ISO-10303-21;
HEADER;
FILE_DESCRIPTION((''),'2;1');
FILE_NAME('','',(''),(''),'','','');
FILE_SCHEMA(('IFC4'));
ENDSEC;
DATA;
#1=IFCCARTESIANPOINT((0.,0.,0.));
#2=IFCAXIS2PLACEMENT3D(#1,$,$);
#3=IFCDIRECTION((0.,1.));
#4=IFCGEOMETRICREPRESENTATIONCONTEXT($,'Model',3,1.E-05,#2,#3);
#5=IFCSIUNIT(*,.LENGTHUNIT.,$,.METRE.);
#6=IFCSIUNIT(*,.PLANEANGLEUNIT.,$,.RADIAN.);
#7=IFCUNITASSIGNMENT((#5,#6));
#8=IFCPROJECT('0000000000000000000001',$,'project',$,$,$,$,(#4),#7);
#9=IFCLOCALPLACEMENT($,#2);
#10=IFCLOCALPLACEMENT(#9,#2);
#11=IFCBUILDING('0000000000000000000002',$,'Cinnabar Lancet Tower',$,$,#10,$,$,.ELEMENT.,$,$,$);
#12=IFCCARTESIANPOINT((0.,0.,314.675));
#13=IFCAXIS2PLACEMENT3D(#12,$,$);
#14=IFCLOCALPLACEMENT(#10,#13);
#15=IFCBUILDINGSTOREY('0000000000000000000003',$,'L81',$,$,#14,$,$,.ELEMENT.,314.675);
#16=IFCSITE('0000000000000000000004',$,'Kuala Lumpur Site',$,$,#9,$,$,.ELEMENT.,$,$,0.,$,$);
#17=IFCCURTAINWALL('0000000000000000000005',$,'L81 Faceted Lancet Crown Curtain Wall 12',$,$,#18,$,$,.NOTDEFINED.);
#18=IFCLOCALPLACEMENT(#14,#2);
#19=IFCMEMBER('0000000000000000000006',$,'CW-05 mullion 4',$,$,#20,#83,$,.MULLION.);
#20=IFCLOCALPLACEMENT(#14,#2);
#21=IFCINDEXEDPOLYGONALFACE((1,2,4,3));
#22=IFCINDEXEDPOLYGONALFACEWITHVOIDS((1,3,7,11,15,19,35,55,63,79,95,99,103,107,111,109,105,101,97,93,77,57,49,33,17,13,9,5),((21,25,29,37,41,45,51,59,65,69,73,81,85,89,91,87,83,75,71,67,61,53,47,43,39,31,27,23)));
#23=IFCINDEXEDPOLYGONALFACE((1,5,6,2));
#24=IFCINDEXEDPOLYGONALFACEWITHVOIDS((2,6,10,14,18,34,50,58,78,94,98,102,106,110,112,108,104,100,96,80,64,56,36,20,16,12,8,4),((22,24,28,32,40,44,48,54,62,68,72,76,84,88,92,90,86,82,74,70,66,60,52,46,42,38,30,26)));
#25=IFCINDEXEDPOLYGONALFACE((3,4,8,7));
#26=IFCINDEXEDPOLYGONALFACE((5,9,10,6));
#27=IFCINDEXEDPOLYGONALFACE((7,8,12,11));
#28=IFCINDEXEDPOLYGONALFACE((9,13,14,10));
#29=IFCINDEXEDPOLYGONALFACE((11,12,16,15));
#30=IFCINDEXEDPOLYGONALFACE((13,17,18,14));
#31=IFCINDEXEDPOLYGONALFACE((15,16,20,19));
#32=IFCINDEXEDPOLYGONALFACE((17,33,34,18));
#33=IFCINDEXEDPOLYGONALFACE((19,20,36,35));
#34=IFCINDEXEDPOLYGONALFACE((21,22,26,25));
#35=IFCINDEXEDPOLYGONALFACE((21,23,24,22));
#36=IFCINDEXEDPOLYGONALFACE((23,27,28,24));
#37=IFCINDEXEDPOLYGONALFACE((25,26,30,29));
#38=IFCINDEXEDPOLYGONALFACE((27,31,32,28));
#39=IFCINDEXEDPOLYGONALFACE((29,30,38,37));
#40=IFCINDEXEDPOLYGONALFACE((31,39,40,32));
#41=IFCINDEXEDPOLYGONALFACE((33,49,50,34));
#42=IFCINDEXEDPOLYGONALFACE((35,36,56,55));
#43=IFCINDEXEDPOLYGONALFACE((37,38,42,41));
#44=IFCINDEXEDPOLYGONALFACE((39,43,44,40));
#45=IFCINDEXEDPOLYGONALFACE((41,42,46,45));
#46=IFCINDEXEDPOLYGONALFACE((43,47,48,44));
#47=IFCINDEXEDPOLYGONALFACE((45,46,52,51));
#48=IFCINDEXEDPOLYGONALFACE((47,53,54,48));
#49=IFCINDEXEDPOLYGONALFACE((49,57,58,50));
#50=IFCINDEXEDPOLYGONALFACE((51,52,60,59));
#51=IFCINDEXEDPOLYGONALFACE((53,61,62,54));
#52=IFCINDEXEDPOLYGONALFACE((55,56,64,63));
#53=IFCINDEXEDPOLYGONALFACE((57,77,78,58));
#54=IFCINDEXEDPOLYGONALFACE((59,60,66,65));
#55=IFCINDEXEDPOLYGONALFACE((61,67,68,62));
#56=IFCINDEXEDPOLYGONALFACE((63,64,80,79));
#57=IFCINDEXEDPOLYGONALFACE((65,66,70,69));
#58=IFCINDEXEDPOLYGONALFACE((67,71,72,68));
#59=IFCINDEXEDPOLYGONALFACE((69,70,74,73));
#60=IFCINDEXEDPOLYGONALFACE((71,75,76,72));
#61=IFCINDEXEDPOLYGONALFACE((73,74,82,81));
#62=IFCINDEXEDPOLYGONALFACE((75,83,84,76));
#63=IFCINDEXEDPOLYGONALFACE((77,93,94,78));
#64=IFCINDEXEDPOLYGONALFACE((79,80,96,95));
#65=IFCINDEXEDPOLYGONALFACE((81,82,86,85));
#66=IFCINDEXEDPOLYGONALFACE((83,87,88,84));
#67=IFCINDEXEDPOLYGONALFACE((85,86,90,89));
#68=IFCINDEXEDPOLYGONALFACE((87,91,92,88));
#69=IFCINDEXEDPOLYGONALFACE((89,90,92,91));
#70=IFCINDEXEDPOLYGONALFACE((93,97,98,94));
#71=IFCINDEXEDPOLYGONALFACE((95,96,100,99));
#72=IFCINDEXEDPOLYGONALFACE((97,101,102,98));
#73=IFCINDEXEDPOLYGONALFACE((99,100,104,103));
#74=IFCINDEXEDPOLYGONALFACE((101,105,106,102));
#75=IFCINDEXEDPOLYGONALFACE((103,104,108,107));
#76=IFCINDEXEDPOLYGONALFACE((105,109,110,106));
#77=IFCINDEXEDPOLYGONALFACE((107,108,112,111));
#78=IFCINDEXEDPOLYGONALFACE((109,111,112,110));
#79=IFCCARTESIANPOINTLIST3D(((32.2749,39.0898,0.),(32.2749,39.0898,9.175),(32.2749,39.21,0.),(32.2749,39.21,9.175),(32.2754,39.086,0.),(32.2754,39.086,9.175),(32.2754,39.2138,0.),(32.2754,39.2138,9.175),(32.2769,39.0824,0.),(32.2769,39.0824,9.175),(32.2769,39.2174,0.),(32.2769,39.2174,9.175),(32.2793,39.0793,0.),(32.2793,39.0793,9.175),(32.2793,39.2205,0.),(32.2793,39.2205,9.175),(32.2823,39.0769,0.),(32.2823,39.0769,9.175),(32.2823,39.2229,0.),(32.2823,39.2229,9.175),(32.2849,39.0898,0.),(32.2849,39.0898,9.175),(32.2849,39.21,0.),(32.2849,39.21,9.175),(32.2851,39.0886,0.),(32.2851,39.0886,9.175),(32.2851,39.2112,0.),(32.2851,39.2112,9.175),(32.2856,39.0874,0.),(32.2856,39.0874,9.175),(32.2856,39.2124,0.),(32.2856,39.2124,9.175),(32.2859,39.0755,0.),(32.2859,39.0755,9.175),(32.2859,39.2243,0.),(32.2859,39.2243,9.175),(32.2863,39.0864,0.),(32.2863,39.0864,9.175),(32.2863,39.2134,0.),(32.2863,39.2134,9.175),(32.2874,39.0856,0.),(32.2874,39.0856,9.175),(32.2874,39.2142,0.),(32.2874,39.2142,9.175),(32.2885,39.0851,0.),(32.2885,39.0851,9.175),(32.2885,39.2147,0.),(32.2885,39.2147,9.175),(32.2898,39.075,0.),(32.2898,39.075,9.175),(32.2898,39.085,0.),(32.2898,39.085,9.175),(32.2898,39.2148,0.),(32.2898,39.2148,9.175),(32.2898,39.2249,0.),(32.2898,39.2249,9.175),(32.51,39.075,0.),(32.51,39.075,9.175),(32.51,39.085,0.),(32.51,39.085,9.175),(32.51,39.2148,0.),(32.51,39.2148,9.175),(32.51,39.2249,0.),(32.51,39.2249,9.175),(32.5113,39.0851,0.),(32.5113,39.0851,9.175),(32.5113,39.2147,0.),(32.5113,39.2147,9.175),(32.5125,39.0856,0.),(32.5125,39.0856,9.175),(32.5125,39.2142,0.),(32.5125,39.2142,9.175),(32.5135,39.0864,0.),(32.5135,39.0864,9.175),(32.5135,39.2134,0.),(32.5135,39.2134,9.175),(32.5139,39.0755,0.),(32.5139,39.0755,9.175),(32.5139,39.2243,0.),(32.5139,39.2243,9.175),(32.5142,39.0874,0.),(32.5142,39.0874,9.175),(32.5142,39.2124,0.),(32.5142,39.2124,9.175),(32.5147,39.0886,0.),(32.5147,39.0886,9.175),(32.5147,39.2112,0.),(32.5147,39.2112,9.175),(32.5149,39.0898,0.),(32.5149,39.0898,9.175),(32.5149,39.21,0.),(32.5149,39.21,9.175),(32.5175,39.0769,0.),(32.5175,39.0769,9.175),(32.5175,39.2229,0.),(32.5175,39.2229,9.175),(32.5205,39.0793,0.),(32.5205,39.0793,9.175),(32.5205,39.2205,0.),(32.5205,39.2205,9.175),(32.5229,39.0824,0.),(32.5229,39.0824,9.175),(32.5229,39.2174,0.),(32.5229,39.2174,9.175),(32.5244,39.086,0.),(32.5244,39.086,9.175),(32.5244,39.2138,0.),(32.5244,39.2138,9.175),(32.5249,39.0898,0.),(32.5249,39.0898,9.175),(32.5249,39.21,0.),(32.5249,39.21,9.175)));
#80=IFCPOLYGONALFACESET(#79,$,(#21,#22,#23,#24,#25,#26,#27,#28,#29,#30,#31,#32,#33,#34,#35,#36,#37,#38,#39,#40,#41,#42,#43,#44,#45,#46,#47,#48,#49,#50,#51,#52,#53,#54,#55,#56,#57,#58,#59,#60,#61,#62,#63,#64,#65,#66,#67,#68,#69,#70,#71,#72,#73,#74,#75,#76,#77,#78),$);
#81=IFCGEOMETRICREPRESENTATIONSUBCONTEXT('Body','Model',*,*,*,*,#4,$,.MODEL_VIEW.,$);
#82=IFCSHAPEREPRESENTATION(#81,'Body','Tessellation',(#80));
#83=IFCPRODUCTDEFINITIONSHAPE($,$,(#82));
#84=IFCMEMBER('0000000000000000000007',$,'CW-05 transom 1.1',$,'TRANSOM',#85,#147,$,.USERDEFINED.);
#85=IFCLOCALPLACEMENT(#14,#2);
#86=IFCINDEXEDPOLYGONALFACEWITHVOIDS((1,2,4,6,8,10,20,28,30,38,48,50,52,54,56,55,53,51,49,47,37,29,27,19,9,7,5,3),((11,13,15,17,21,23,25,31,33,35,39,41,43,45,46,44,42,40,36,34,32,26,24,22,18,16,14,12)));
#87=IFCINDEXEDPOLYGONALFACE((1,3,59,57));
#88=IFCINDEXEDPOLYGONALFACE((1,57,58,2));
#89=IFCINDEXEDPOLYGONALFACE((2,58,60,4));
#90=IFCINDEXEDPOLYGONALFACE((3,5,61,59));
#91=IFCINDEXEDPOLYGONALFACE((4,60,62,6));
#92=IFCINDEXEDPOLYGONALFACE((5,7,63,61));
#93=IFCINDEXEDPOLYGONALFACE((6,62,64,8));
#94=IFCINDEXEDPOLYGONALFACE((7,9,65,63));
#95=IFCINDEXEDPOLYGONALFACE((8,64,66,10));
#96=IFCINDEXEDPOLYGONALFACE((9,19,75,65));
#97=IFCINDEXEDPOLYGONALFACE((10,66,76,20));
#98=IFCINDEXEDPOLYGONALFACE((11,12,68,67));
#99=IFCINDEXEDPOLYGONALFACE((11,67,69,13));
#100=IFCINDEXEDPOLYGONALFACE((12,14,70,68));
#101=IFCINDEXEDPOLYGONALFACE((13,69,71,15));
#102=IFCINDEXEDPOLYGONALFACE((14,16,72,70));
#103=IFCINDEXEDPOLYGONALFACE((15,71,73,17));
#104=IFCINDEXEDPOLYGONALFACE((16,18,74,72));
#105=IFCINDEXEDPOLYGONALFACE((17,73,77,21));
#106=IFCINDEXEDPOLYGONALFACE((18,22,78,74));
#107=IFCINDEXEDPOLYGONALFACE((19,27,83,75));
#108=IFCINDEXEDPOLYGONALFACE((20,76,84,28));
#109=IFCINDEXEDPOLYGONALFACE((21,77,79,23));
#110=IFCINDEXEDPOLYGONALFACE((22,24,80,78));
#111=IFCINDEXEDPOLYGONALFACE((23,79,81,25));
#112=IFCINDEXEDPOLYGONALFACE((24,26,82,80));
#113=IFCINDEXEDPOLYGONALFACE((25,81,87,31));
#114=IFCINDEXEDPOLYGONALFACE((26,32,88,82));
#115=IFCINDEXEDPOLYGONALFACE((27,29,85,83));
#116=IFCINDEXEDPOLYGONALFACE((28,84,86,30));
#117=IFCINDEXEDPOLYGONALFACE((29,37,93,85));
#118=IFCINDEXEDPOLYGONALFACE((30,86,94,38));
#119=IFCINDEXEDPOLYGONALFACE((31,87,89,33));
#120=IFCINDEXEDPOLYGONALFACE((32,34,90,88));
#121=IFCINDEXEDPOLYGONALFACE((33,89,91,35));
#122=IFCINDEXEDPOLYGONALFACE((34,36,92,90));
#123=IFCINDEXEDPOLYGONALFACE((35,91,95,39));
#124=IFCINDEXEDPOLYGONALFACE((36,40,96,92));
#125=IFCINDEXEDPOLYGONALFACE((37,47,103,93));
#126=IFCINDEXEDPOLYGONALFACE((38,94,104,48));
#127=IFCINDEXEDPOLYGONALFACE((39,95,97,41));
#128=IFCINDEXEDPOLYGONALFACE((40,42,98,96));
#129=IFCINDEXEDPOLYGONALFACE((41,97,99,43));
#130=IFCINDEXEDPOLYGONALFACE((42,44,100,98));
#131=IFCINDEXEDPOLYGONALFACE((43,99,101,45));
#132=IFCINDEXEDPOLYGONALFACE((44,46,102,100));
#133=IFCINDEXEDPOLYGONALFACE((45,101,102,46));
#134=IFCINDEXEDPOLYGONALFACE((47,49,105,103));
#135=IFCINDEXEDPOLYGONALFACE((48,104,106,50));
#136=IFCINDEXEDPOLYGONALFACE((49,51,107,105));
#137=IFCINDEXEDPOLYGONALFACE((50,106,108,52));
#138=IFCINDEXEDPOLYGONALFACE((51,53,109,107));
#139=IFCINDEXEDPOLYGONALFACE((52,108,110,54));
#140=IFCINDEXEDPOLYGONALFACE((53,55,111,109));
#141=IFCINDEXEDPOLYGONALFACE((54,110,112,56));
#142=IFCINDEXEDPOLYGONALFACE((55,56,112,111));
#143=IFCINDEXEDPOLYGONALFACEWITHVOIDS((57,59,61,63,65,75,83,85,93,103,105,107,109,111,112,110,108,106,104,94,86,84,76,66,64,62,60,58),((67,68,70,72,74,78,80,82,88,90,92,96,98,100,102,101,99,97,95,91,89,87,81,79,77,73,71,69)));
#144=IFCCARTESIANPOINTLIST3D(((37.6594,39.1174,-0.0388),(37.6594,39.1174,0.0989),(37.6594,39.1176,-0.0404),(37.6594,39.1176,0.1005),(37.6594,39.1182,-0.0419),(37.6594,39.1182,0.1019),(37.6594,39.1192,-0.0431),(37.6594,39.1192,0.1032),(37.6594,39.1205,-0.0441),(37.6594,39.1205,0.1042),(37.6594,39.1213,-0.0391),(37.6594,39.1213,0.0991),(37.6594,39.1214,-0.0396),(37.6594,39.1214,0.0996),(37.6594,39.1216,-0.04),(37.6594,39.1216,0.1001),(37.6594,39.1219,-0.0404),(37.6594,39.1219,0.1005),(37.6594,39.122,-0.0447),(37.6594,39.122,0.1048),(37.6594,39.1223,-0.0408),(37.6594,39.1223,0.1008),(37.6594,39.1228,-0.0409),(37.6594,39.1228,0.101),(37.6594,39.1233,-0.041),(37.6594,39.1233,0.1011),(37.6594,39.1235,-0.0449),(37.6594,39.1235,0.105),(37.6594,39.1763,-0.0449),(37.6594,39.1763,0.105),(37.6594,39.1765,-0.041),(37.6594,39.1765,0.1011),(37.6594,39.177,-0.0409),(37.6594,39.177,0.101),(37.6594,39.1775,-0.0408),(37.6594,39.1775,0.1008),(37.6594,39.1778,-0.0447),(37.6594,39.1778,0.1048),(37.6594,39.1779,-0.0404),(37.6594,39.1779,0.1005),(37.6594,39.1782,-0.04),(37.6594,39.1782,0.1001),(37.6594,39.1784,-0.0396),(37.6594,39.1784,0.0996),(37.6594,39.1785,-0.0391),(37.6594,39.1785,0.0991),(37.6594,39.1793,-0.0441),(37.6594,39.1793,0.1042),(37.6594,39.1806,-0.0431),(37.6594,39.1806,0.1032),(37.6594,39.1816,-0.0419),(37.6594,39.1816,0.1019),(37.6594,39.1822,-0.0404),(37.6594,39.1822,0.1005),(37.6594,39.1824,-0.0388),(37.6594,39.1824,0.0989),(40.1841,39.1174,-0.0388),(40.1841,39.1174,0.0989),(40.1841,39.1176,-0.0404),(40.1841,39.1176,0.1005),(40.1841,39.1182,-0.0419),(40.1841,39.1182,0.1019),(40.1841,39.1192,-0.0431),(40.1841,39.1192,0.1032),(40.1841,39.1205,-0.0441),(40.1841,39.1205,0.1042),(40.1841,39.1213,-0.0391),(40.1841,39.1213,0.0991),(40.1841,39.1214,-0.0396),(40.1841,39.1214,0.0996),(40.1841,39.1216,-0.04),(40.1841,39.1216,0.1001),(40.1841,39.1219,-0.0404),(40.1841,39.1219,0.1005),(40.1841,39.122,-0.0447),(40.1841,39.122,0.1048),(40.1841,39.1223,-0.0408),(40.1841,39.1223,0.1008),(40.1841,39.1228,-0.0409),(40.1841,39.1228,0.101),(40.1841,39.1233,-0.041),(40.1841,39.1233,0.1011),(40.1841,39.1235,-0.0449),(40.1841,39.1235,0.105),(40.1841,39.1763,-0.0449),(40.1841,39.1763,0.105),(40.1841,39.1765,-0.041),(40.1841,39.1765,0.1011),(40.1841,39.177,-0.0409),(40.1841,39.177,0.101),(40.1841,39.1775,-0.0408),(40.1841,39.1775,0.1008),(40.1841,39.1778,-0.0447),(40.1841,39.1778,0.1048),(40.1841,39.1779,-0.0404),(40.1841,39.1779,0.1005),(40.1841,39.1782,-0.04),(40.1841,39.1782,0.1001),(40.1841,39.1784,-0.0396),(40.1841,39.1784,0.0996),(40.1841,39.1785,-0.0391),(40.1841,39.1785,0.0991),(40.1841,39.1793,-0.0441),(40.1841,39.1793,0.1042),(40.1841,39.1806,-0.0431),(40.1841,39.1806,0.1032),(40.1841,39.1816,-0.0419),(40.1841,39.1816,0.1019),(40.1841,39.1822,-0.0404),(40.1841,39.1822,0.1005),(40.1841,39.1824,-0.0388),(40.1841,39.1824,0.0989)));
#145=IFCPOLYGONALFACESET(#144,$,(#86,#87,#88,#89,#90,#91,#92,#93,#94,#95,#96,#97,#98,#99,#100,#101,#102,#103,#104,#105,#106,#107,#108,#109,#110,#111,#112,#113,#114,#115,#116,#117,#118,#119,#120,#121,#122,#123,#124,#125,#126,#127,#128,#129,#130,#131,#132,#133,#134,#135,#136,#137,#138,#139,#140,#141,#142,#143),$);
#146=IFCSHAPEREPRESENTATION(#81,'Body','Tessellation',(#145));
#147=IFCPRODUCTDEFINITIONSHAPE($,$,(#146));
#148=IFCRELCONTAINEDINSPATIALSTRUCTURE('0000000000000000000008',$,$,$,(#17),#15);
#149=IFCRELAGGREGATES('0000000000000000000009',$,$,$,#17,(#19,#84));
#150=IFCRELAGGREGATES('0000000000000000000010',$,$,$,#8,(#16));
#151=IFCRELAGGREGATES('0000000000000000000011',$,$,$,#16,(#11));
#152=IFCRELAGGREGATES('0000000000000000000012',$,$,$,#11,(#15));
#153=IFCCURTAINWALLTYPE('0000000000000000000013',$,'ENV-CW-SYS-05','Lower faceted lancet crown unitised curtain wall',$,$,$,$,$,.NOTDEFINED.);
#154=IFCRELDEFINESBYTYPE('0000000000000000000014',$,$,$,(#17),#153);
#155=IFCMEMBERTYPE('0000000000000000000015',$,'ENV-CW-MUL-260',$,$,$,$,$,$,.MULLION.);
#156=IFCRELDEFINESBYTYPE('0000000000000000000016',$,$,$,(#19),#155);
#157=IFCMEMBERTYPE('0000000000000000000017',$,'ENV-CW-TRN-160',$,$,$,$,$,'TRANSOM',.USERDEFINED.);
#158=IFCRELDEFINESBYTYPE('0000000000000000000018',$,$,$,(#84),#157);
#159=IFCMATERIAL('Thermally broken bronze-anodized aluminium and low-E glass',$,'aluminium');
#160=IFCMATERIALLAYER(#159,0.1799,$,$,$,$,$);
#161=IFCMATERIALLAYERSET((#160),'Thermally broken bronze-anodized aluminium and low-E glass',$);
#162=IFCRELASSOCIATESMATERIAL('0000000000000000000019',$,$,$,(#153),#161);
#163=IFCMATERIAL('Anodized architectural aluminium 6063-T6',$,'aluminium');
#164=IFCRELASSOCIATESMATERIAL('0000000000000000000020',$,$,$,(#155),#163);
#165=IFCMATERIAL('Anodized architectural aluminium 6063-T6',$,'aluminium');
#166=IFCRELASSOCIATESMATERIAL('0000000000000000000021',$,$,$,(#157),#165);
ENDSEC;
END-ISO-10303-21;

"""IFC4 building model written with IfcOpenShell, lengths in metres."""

from ifc_helpers import new_model, si_unit, direction, frame, origin, origin_2d, place, context, subcontext, project, spatial, hollow_rectangle, extrude, material, layer, layer_set, material_profile, profile_set, type_object, element, aggregate, save


model = new_model("IFC4")

# Units and contexts
model_context = context("Model", 3, precision=1e-05, world=origin(), true_north=direction((0.0, 1.0)))
body_context = subcontext(model_context, "Body", "Model", "MODEL_VIEW")
ifc_project = project(units=[si_unit("LENGTHUNIT", "METRE"), si_unit("PLANEANGLEUNIT", "RADIAN")], contexts=[model_context])

# Site, building, storey
site_placement = place(None, origin())
site = spatial("IfcSite", under=ifc_project, at=site_placement, Name="Kuala Lumpur Site", CompositionType="ELEMENT", RefElevation=0.0)
building_placement = place(site_placement, origin())
building = spatial("IfcBuilding", under=site, at=building_placement, Name="Cinnabar Lancet Tower", CompositionType="ELEMENT")
storey_placement = place(building_placement, frame((0.0, 0.0, 314.675)))
storey = spatial("IfcBuildingStorey", under=building, at=storey_placement, Name="L81", CompositionType="ELEMENT", Elevation=314.675)

# Shared definitions
ifc_material_1 = material(Name="Thermally broken bronze-anodized aluminium and low-E glass", Category="aluminium")
ifc_layer_1 = layer(ifc_material_1, 0.1799)
ifc_layer_set_1 = layer_set([ifc_layer_1], Name="Thermally broken bronze-anodized aluminium and low-E glass")
curtain_wall_type = type_object("IfcCurtainWallType", Name="ENV-CW-SYS-05", Description="Lower faceted lancet crown unitised curtain wall", PredefinedType="NOTDEFINED", material=ifc_layer_set_1)
ifc_material_2 = material(Name="Anodized architectural aluminium 6063-T6", Category="aluminium")
ifc_material_profile_1 = material_profile(ifc_material_2, hollow_rectangle(XDim=0.1499, YDim=0.25, WallThickness=0.01, InnerFilletRadius=0.0049, OuterFilletRadius=0.0149, at=origin_2d()), Name="RHS 250x150x10")
ifc_profile_set_1 = profile_set([ifc_material_profile_1], Name="Anodized architectural aluminium 6063-T6")
member_type_1 = type_object("IfcMemberType", Name="ENV-CW-MUL-260", PredefinedType="MULLION", material=ifc_profile_set_1)

# Curtain wall, members
curtain_wall_1_placement = place(storey_placement, origin())
curtain_wall_1 = element("IfcCurtainWall", 1, at=curtain_wall_1_placement, inside=storey, type_object=curtain_wall_type, Name="L81 Faceted Lancet Crown Curtain Wall 12", PredefinedType="NOTDEFINED")
member_1_placement = place(storey_placement, frame((32.3999, 39.1499, 0.0), z_axis=(0.0, 0.0, 1.0), x_axis=(0.0, -1.0, 0.0)))
member_1 = element("IfcMember", 2, at=member_1_placement, type_object=member_type_1, Name="CW-05 mullion 4", PredefinedType="MULLION", context=body_context, shape_type="SweptSolid", body=[
    extrude(hollow_rectangle(XDim=0.1499, YDim=0.25, WallThickness=0.01, InnerFilletRadius=0.0049, OuterFilletRadius=0.0149, at=origin_2d()), origin(), (0.0, 0.0, 1.0), 9.175),
])
ifc_material_3 = material(Name="Anodized architectural aluminium 6063-T6", Category="aluminium")
ifc_material_profile_2 = material_profile(ifc_material_3, hollow_rectangle(XDim=0.0649, YDim=0.1499, WallThickness=0.0039, InnerFilletRadius=0.002, OuterFilletRadius=0.0061, at=origin_2d()), Name="CW-TRN 150x65x4")
ifc_profile_set_2 = profile_set([ifc_material_profile_2], Name="Anodized architectural aluminium 6063-T6")
member_type_2 = type_object("IfcMemberType", Name="ENV-CW-TRN-160", ElementType="TRANSOM", PredefinedType="USERDEFINED", material=ifc_profile_set_2)
member_2_placement = place(storey_placement, frame((40.1841, 39.1499, 0.03), z_axis=(-1.0, 0.0, 0.0), x_axis=(0.0, -1.0, 0.0)))
member_2 = element("IfcMember", 3, at=member_2_placement, type_object=member_type_2, Name="CW-05 transom 1.1", ObjectType="TRANSOM", PredefinedType="USERDEFINED", context=body_context, shape_type="SweptSolid", body=[
    extrude(hollow_rectangle(XDim=0.0649, YDim=0.1499, WallThickness=0.0039, InnerFilletRadius=0.002, OuterFilletRadius=0.0061, at=origin_2d()), origin(), (0.0, 0.0, 1.0), 2.5247),
])

aggregate(curtain_wall_1, [member_1, member_2])

save(model, "model.ifc")
